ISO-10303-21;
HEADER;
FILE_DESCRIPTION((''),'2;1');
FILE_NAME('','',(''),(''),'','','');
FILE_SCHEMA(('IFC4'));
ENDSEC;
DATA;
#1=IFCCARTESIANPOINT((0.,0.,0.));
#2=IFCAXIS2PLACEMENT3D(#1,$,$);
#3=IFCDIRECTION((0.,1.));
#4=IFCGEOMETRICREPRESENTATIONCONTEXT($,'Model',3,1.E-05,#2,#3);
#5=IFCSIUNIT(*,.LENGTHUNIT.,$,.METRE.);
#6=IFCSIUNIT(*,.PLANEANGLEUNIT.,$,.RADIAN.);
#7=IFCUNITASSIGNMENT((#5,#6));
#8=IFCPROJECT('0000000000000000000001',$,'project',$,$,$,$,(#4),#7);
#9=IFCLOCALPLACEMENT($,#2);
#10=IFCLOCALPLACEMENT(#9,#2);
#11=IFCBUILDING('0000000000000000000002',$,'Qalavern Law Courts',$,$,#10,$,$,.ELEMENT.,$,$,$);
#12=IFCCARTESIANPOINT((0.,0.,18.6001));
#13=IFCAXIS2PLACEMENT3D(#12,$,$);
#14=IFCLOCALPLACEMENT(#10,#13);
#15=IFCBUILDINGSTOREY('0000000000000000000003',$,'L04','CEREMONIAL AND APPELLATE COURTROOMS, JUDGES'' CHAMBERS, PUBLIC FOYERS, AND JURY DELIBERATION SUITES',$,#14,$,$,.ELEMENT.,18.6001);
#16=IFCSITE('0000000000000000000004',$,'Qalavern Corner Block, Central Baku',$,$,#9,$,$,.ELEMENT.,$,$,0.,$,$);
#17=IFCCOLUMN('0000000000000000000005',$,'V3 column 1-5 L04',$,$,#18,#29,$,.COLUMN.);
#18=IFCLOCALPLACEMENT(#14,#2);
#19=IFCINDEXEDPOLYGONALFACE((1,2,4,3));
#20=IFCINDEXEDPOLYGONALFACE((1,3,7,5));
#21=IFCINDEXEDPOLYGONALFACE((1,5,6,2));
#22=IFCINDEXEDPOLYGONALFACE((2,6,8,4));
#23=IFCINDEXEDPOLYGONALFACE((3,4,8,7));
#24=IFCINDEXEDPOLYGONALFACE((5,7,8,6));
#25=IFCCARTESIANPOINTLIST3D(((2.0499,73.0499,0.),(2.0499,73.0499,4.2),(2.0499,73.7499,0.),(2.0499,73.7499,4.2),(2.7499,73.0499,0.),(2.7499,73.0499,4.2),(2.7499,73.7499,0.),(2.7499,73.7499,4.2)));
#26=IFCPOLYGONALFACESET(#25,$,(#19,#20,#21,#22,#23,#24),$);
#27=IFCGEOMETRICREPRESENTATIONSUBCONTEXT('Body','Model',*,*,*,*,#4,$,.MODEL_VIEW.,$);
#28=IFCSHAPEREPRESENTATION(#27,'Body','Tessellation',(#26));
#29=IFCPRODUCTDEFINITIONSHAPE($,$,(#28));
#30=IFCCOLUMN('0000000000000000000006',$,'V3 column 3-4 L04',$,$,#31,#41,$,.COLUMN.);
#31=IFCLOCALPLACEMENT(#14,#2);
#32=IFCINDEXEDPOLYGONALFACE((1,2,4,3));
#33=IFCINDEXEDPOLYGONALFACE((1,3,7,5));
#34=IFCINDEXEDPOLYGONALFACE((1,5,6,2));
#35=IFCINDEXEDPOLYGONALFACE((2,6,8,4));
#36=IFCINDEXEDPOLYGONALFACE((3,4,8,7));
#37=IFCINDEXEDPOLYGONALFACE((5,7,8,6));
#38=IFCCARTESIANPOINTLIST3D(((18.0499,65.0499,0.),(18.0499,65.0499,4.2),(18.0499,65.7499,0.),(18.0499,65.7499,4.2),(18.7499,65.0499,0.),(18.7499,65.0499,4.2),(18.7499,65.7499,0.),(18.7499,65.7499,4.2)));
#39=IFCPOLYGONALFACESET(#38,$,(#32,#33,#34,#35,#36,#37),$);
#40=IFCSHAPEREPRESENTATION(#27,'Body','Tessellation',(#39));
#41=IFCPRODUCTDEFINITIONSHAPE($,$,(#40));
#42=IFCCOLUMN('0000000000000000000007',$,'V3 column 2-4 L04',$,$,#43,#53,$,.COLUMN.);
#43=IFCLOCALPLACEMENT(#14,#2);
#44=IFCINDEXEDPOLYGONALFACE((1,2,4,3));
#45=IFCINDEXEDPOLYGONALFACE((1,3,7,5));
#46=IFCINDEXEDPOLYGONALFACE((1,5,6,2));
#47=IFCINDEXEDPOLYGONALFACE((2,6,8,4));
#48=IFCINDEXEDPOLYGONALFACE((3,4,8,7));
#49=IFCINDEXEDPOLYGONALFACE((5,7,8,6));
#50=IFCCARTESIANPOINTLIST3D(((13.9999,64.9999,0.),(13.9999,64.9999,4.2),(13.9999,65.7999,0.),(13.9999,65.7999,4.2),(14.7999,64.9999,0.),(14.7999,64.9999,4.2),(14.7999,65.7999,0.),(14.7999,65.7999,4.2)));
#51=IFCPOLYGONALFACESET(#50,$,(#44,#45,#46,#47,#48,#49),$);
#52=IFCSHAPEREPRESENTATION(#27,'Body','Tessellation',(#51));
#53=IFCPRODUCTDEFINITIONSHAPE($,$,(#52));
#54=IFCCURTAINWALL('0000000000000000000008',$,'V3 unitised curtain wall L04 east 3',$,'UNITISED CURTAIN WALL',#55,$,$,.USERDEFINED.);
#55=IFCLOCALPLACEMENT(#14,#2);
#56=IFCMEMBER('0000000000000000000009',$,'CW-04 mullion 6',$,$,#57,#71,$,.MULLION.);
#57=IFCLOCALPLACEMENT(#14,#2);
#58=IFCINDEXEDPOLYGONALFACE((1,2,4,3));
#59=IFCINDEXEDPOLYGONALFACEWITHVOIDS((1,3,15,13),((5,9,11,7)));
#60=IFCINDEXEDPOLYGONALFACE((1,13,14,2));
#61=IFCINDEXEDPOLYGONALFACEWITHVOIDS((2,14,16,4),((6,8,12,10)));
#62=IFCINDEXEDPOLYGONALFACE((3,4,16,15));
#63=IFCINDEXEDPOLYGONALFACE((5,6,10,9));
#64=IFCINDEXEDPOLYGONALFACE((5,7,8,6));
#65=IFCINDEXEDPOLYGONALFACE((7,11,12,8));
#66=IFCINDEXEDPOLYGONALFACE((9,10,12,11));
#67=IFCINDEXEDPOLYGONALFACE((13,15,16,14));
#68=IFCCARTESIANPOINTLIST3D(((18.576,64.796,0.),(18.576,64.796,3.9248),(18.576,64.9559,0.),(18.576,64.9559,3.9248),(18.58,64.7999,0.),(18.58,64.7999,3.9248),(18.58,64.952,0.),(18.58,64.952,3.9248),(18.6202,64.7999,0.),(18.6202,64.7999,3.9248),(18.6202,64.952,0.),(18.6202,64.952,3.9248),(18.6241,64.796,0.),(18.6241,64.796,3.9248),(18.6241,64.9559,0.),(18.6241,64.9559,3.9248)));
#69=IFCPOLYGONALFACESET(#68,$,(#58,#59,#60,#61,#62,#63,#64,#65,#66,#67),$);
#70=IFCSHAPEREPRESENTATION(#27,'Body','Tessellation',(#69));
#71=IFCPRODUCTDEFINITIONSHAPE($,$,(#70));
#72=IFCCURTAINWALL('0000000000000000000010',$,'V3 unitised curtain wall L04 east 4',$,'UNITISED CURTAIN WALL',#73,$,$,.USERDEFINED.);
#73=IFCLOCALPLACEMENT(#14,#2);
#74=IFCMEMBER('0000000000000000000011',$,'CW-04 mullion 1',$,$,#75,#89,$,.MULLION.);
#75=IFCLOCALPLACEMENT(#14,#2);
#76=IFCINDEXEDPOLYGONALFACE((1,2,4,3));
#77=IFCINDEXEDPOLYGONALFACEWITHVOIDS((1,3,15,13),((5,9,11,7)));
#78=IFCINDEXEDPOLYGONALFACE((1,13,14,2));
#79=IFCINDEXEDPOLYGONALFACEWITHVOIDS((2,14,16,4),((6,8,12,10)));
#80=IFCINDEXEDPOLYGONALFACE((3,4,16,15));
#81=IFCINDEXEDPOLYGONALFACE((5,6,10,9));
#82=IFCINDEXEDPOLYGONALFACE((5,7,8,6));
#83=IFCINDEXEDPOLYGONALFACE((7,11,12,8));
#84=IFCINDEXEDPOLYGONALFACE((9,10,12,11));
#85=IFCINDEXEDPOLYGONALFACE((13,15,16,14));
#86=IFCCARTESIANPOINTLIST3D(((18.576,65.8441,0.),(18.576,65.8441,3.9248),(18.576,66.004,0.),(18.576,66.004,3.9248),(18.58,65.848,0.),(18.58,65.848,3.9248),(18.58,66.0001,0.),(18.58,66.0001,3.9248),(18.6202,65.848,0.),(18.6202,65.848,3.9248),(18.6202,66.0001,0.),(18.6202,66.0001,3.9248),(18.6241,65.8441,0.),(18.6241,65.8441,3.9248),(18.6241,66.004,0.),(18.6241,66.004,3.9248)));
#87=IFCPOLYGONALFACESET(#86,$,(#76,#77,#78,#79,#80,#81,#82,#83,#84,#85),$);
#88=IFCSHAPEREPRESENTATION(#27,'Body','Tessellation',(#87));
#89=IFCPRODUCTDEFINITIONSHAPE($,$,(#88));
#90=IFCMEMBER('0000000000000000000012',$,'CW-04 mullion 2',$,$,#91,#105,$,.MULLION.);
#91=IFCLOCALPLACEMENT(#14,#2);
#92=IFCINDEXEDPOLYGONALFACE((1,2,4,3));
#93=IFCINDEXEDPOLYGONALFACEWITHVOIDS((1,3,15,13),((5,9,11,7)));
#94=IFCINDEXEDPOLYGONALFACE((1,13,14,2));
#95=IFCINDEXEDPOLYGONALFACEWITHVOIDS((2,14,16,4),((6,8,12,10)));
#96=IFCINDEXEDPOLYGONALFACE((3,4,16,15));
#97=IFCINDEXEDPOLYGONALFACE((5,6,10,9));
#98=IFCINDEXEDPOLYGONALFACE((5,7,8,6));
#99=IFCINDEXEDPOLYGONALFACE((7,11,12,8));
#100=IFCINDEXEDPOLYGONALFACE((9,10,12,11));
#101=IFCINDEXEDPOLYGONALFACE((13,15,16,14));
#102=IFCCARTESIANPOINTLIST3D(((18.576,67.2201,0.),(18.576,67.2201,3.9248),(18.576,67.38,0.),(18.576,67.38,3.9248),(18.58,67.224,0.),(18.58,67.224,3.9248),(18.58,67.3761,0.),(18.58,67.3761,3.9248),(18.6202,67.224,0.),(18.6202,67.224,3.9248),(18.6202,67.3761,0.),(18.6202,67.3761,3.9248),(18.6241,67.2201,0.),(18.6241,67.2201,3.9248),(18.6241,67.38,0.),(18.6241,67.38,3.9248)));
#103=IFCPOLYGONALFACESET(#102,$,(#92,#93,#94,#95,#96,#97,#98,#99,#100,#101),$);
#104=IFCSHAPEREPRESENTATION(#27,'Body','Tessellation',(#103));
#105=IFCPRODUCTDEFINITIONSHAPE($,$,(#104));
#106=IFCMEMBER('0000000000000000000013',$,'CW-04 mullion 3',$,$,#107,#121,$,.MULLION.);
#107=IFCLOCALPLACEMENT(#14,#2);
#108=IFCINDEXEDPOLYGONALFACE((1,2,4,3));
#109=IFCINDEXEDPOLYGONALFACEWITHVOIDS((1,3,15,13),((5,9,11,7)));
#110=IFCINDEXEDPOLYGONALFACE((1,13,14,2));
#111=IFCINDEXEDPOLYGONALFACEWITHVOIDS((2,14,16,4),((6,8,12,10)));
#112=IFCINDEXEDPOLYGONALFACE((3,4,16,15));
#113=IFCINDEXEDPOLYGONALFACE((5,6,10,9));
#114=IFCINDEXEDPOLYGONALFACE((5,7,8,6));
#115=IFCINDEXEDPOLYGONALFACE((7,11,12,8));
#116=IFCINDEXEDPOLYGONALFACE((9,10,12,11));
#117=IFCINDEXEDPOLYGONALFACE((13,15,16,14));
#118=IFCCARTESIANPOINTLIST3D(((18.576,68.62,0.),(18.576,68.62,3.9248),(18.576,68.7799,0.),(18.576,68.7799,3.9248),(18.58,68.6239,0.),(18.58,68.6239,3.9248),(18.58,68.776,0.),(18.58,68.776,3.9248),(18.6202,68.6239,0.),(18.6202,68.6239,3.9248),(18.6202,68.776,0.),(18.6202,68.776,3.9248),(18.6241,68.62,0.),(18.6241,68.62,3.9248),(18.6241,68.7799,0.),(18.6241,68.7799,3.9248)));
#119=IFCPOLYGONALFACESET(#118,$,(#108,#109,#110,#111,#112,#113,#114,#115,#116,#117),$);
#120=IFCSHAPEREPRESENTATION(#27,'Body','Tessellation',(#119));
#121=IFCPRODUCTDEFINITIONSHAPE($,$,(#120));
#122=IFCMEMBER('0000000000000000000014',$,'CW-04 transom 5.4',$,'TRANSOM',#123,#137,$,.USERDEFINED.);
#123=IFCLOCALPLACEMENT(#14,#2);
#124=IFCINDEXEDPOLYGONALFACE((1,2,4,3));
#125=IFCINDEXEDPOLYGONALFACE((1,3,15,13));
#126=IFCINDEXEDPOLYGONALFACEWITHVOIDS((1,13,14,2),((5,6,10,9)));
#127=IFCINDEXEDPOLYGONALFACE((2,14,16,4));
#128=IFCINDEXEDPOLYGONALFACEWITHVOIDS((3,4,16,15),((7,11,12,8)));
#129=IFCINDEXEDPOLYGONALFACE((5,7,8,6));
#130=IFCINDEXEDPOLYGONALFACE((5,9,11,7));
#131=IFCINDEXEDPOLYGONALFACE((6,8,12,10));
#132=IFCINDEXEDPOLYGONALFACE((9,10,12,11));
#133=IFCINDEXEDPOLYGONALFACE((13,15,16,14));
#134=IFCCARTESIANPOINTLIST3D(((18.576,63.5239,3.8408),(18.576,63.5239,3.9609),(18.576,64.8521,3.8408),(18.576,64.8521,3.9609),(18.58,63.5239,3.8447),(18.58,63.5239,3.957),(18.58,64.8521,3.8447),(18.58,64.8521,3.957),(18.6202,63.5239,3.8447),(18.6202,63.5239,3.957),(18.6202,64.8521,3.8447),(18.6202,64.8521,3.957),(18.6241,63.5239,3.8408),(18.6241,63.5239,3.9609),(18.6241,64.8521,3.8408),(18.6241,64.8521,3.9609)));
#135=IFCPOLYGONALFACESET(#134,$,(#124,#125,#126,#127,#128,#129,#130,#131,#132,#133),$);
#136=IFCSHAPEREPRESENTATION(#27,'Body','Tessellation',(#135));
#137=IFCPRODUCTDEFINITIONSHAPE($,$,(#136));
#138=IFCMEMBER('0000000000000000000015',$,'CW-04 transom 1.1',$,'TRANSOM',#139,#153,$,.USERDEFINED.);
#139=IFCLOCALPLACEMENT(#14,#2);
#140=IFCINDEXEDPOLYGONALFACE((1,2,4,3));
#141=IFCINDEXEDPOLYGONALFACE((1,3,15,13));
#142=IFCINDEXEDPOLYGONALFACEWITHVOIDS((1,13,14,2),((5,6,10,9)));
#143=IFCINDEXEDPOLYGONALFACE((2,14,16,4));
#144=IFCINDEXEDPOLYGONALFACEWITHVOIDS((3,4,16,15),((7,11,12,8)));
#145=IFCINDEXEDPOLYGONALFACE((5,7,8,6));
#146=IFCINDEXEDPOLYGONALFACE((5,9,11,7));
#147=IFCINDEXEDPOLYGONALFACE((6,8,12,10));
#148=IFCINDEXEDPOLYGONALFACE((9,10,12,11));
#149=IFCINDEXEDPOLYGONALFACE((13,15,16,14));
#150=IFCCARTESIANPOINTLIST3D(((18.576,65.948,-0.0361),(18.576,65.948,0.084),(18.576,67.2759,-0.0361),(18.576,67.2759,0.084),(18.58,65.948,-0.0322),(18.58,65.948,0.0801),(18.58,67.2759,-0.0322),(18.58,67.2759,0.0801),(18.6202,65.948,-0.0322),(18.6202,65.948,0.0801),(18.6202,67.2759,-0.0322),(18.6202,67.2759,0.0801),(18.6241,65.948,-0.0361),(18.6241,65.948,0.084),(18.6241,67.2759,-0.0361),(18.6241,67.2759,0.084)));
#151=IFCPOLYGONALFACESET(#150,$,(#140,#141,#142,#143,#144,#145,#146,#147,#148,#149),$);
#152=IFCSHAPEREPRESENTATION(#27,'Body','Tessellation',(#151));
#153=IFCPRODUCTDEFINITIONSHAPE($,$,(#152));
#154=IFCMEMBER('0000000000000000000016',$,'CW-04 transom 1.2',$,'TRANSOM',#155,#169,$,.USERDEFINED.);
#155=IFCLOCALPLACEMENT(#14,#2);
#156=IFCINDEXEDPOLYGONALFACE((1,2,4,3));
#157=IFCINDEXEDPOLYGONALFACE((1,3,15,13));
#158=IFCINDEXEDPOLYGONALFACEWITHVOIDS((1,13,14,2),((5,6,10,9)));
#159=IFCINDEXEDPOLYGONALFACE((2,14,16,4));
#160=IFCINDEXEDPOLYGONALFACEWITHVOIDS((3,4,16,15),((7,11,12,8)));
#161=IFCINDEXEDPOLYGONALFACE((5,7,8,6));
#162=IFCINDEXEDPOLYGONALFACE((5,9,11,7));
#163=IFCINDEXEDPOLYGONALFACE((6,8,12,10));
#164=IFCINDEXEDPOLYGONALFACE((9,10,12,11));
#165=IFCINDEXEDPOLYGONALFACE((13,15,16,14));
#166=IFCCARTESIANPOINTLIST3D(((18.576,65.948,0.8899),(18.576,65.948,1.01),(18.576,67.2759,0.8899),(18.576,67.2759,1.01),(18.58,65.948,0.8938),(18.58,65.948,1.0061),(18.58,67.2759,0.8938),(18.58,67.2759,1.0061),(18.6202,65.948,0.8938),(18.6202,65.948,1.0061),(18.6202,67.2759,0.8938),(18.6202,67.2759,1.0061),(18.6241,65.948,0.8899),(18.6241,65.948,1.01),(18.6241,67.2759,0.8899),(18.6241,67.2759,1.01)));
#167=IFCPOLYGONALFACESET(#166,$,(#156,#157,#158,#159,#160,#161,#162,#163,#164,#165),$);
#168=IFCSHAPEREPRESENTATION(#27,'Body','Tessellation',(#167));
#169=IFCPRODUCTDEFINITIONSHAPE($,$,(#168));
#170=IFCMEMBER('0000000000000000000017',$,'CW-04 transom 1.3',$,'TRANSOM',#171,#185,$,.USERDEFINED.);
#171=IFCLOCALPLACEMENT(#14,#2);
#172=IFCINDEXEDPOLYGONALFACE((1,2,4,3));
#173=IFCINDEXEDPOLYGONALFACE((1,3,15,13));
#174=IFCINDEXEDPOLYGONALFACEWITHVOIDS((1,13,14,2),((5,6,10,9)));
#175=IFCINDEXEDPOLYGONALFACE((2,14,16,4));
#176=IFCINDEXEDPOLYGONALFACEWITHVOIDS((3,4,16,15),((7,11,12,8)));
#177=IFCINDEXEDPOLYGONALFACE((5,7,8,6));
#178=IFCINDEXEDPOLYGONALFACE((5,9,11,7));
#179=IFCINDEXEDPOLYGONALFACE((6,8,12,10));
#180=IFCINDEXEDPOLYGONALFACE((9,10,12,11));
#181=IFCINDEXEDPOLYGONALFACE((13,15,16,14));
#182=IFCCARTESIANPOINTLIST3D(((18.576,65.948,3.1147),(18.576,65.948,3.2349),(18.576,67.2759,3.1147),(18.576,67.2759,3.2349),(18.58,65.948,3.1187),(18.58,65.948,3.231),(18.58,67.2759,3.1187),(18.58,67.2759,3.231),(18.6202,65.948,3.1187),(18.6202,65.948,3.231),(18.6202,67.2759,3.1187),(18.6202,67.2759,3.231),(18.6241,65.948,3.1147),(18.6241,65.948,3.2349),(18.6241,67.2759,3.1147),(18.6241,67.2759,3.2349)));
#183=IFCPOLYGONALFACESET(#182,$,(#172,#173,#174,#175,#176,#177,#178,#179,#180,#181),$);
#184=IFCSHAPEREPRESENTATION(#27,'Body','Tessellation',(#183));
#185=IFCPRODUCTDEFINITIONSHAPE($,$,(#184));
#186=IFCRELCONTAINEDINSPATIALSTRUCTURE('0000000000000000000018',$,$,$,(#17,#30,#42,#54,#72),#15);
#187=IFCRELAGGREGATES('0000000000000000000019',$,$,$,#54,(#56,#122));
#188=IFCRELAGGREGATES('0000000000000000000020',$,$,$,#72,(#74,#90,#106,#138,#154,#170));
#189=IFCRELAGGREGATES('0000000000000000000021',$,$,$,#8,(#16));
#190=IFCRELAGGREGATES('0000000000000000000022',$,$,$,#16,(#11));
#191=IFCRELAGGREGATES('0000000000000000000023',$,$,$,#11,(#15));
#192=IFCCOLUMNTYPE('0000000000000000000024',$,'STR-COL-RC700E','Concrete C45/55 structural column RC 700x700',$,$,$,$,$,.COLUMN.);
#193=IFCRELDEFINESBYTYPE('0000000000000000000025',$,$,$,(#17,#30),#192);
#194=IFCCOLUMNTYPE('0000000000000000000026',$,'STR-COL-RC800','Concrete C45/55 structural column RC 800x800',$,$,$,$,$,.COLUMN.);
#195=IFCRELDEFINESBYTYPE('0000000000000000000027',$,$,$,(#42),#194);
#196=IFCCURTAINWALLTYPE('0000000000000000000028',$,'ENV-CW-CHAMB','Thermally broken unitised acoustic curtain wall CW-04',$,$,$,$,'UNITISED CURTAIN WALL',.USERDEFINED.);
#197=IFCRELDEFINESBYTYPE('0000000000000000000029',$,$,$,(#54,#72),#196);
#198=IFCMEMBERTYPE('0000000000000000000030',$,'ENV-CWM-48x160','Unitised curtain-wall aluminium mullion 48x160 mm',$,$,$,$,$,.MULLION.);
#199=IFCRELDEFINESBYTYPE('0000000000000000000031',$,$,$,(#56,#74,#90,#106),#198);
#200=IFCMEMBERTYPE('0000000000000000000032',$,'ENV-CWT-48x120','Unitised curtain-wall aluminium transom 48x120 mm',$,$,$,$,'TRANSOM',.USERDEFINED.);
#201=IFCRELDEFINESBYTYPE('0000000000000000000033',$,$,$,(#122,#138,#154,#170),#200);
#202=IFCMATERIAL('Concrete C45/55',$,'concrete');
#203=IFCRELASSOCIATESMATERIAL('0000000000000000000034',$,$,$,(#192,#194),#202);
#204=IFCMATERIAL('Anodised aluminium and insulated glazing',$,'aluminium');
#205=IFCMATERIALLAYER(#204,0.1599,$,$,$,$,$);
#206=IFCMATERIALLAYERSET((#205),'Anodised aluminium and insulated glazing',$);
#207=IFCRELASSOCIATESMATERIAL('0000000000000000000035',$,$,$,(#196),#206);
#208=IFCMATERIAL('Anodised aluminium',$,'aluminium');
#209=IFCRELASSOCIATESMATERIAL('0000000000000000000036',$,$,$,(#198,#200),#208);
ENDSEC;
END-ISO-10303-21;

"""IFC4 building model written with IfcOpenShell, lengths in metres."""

from ifc_helpers import new_model, si_unit, direction, frame, origin, origin_2d, place, context, subcontext, project, spatial, rectangle, hollow_rectangle, extrude, material, layer, layer_set, material_profile, profile_set, type_object, element, aggregate, save


model = new_model("IFC4")

# Units and contexts
model_context = context("Model", 3, precision=1e-05, world=origin(), true_north=direction((0.0, 1.0)))
body_context = subcontext(model_context, "Body", "Model", "MODEL_VIEW")
ifc_project = project(units=[si_unit("LENGTHUNIT", "METRE"), si_unit("PLANEANGLEUNIT", "RADIAN")], contexts=[model_context])

# Site, building, storey
site_placement = place(None, origin())
site = spatial("IfcSite", under=ifc_project, at=site_placement, Name="Qalavern Corner Block, Central Baku", CompositionType="ELEMENT", RefElevation=0.0)
building_placement = place(site_placement, origin())
building = spatial("IfcBuilding", under=site, at=building_placement, Name="Qalavern Law Courts", CompositionType="ELEMENT")
storey_placement = place(building_placement, frame((0.0, 0.0, 18.6001)))
storey = spatial("IfcBuildingStorey", under=building, at=storey_placement, Name="L04", Description="CEREMONIAL AND APPELLATE COURTROOMS, JUDGES' CHAMBERS, PUBLIC FOYERS, AND JURY DELIBERATION SUITES", CompositionType="ELEMENT", Elevation=18.6001)

# Columns
ifc_material_1 = material(Name="Concrete C45/55", Category="concrete")
ifc_material_profile_1 = material_profile(ifc_material_1, rectangle(XDim=0.7, YDim=0.7, at=origin_2d()), Name="RC 700x700")
ifc_profile_set_1 = profile_set([ifc_material_profile_1], Name="Concrete C45/55")
column_type_1 = type_object("IfcColumnType", Name="STR-COL-RC700E", Description="Concrete C45/55 structural column RC 700x700", PredefinedType="COLUMN", material=ifc_profile_set_1)
for number, where, z_axis, x_axis, name in (
    (1, (2.3999, 73.3999, 0.0), (0.0, 0.0, 1.0), (1.0, 0.0, 0.0), "V3 column 1-5 L04"),
    (2, (18.3999, 65.3999, 0.0), (0.0, 0.0, 1.0), (1.0, 0.0, 0.0), "V3 column 3-4 L04"),
):
    element("IfcColumn", number, at=place(storey_placement, frame(where, z_axis=z_axis, x_axis=x_axis)), inside=storey, type_object=column_type_1, Name=name, PredefinedType="COLUMN", context=body_context, shape_type="SweptSolid", body=[
        extrude(rectangle(XDim=0.7, YDim=0.7, at=origin_2d()), origin(), (0.0, 0.0, 1.0), 4.2),
    ])
ifc_material_profile_2 = material_profile(ifc_material_1, rectangle(XDim=0.8, YDim=0.8, at=origin_2d()), Name="RC 800x800")
ifc_profile_set_2 = profile_set([ifc_material_profile_2], Name="Concrete C45/55")
column_type_2 = type_object("IfcColumnType", Name="STR-COL-RC800", Description="Concrete C45/55 structural column RC 800x800", PredefinedType="COLUMN", material=ifc_profile_set_2)
column_placement = place(storey_placement, frame((14.3999, 65.3999, 0.0), z_axis=(0.0, 0.0, 1.0), x_axis=(1.0, 0.0, 0.0)))
element("IfcColumn", 3, at=column_placement, inside=storey, type_object=column_type_2, Name="V3 column 2-4 L04", PredefinedType="COLUMN", context=body_context, shape_type="SweptSolid", body=[
    extrude(rectangle(XDim=0.8, YDim=0.8, at=origin_2d()), origin(), (0.0, 0.0, 1.0), 4.2),
])

# Curtain wall, member
ifc_material_2 = material(Name="Anodised aluminium and insulated glazing", Category="aluminium")
ifc_layer_1 = layer(ifc_material_2, 0.1599)
ifc_layer_set_1 = layer_set([ifc_layer_1], Name="Anodised aluminium and insulated glazing")
curtain_wall_type = type_object("IfcCurtainWallType", Name="ENV-CW-CHAMB", Description="Thermally broken unitised acoustic curtain wall CW-04", ElementType="UNITISED CURTAIN WALL", PredefinedType="USERDEFINED", material=ifc_layer_set_1)
curtain_wall_1_placement = place(storey_placement, origin())
curtain_wall_1 = element("IfcCurtainWall", 4, at=curtain_wall_1_placement, inside=storey, type_object=curtain_wall_type, Name="V3 unitised curtain wall L04 east 3", ObjectType="UNITISED CURTAIN WALL", PredefinedType="USERDEFINED")
ifc_material_3 = material(Name="Anodised aluminium", Category="aluminium")
ifc_material_profile_3 = material_profile(ifc_material_3, hollow_rectangle(XDim=0.0481, YDim=0.1599, WallThickness=0.0039, at=origin_2d()), Name="ALU MULLION 48x160")
ifc_profile_set_3 = profile_set([ifc_material_profile_3], Name="Anodised aluminium")
member_type_1 = type_object("IfcMemberType", Name="ENV-CWM-48x160", Description="Unitised curtain-wall aluminium mullion 48x160 mm", PredefinedType="MULLION", material=ifc_profile_set_3)
member_1_placement = place(storey_placement, frame((18.6001, 64.876, 0.0), z_axis=(0.0, 0.0, 1.0), x_axis=(-1.0, 0.0, 0.0)))
member_1 = element("IfcMember", 5, at=member_1_placement, type_object=member_type_1, Name="CW-04 mullion 6", PredefinedType="MULLION", context=body_context, shape_type="SweptSolid", body=[
    extrude(hollow_rectangle(XDim=0.0481, YDim=0.1599, WallThickness=0.0039, at=origin_2d()), origin(), (0.0, 0.0, 1.0), 3.9248),
])

# Curtain wall, members
curtain_wall_2_placement = place(storey_placement, origin())
curtain_wall_2 = element("IfcCurtainWall", 6, at=curtain_wall_2_placement, inside=storey, type_object=curtain_wall_type, Name="V3 unitised curtain wall L04 east 4", ObjectType="UNITISED CURTAIN WALL", PredefinedType="USERDEFINED")
member_2_placement = place(storey_placement, frame((18.6001, 65.9241, 0.0), z_axis=(0.0, 0.0, 1.0), x_axis=(-1.0, 0.0, 0.0)))
member_2 = element("IfcMember", 7, at=member_2_placement, type_object=member_type_1, Name="CW-04 mullion 1", PredefinedType="MULLION", context=body_context, shape_type="SweptSolid", body=[
    extrude(hollow_rectangle(XDim=0.0481, YDim=0.1599, WallThickness=0.0039, at=origin_2d()), origin(), (0.0, 0.0, 1.0), 3.9248),
])
member_3_placement = place(storey_placement, frame((18.6001, 67.3, 0.0), z_axis=(0.0, 0.0, 1.0), x_axis=(-1.0, 0.0, 0.0)))
member_3 = element("IfcMember", 8, at=member_3_placement, type_object=member_type_1, Name="CW-04 mullion 2", PredefinedType="MULLION", context=body_context, shape_type="SweptSolid", body=[
    extrude(hollow_rectangle(XDim=0.0481, YDim=0.1599, WallThickness=0.0039, at=origin_2d()), origin(), (0.0, 0.0, 1.0), 3.9248),
])
member_4_placement = place(storey_placement, frame((18.6001, 68.7, 0.0), z_axis=(0.0, 0.0, 1.0), x_axis=(-1.0, 0.0, 0.0)))
member_4 = element("IfcMember", 9, at=member_4_placement, type_object=member_type_1, Name="CW-04 mullion 3", PredefinedType="MULLION", context=body_context, shape_type="SweptSolid", body=[
    extrude(hollow_rectangle(XDim=0.0481, YDim=0.1599, WallThickness=0.0039, at=origin_2d()), origin(), (0.0, 0.0, 1.0), 3.9248),
])

# Members
ifc_material_profile_4 = material_profile(ifc_material_3, hollow_rectangle(XDim=0.0481, YDim=0.1201, WallThickness=0.0039, at=origin_2d()), Name="ALU TRANSOM 48x120")
ifc_profile_set_4 = profile_set([ifc_material_profile_4], Name="Anodised aluminium")
member_type_2 = type_object("IfcMemberType", Name="ENV-CWT-48x120", Description="Unitised curtain-wall aluminium transom 48x120 mm", ElementType="TRANSOM", PredefinedType="USERDEFINED", material=ifc_profile_set_4)
member_5_placement = place(storey_placement, frame((18.6001, 63.5239, 3.9009), z_axis=(0.0, 1.0, 0.0), x_axis=(-1.0, 0.0, 0.0)))
member_5 = element("IfcMember", 10, at=member_5_placement, type_object=member_type_2, Name="CW-04 transom 5.4", ObjectType="TRANSOM", PredefinedType="USERDEFINED", context=body_context, shape_type="SweptSolid", body=[
    extrude(hollow_rectangle(XDim=0.0481, YDim=0.1201, WallThickness=0.0039, at=origin_2d()), origin(), (0.0, 0.0, 1.0), 1.3281),
])
member_6_placement = place(storey_placement, frame((18.6001, 65.948, 0.0239), z_axis=(0.0, 1.0, 0.0), x_axis=(-1.0, 0.0, 0.0)))
member_6 = element("IfcMember", 11, at=member_6_placement, type_object=member_type_2, Name="CW-04 transom 1.1", ObjectType="TRANSOM", PredefinedType="USERDEFINED", context=body_context, shape_type="SweptSolid", body=[
    extrude(hollow_rectangle(XDim=0.0481, YDim=0.1201, WallThickness=0.0039, at=origin_2d()), origin(), (0.0, 0.0, 1.0), 1.3279),
])
member_7_placement = place(storey_placement, frame((18.6001, 65.948, 0.95), z_axis=(0.0, 1.0, 0.0), x_axis=(-1.0, 0.0, 0.0)))
member_7 = element("IfcMember", 12, at=member_7_placement, type_object=member_type_2, Name="CW-04 transom 1.2", ObjectType="TRANSOM", PredefinedType="USERDEFINED", context=body_context, shape_type="SweptSolid", body=[
    extrude(hollow_rectangle(XDim=0.0481, YDim=0.1201, WallThickness=0.0039, at=origin_2d()), origin(), (0.0, 0.0, 1.0), 1.3279),
])
member_8_placement = place(storey_placement, frame((18.6001, 65.948, 3.1748), z_axis=(0.0, 1.0, 0.0), x_axis=(-1.0, 0.0, 0.0)))
member_8 = element("IfcMember", 13, at=member_8_placement, type_object=member_type_2, Name="CW-04 transom 1.3", ObjectType="TRANSOM", PredefinedType="USERDEFINED", context=body_context, shape_type="SweptSolid", body=[
    extrude(hollow_rectangle(XDim=0.0481, YDim=0.1201, WallThickness=0.0039, at=origin_2d()), origin(), (0.0, 0.0, 1.0), 1.3279),
])

aggregate(curtain_wall_1, [member_1, member_5])
aggregate(curtain_wall_2, [member_2, member_3, member_4, member_6, member_7, member_8])

save(model, "model.ifc")
